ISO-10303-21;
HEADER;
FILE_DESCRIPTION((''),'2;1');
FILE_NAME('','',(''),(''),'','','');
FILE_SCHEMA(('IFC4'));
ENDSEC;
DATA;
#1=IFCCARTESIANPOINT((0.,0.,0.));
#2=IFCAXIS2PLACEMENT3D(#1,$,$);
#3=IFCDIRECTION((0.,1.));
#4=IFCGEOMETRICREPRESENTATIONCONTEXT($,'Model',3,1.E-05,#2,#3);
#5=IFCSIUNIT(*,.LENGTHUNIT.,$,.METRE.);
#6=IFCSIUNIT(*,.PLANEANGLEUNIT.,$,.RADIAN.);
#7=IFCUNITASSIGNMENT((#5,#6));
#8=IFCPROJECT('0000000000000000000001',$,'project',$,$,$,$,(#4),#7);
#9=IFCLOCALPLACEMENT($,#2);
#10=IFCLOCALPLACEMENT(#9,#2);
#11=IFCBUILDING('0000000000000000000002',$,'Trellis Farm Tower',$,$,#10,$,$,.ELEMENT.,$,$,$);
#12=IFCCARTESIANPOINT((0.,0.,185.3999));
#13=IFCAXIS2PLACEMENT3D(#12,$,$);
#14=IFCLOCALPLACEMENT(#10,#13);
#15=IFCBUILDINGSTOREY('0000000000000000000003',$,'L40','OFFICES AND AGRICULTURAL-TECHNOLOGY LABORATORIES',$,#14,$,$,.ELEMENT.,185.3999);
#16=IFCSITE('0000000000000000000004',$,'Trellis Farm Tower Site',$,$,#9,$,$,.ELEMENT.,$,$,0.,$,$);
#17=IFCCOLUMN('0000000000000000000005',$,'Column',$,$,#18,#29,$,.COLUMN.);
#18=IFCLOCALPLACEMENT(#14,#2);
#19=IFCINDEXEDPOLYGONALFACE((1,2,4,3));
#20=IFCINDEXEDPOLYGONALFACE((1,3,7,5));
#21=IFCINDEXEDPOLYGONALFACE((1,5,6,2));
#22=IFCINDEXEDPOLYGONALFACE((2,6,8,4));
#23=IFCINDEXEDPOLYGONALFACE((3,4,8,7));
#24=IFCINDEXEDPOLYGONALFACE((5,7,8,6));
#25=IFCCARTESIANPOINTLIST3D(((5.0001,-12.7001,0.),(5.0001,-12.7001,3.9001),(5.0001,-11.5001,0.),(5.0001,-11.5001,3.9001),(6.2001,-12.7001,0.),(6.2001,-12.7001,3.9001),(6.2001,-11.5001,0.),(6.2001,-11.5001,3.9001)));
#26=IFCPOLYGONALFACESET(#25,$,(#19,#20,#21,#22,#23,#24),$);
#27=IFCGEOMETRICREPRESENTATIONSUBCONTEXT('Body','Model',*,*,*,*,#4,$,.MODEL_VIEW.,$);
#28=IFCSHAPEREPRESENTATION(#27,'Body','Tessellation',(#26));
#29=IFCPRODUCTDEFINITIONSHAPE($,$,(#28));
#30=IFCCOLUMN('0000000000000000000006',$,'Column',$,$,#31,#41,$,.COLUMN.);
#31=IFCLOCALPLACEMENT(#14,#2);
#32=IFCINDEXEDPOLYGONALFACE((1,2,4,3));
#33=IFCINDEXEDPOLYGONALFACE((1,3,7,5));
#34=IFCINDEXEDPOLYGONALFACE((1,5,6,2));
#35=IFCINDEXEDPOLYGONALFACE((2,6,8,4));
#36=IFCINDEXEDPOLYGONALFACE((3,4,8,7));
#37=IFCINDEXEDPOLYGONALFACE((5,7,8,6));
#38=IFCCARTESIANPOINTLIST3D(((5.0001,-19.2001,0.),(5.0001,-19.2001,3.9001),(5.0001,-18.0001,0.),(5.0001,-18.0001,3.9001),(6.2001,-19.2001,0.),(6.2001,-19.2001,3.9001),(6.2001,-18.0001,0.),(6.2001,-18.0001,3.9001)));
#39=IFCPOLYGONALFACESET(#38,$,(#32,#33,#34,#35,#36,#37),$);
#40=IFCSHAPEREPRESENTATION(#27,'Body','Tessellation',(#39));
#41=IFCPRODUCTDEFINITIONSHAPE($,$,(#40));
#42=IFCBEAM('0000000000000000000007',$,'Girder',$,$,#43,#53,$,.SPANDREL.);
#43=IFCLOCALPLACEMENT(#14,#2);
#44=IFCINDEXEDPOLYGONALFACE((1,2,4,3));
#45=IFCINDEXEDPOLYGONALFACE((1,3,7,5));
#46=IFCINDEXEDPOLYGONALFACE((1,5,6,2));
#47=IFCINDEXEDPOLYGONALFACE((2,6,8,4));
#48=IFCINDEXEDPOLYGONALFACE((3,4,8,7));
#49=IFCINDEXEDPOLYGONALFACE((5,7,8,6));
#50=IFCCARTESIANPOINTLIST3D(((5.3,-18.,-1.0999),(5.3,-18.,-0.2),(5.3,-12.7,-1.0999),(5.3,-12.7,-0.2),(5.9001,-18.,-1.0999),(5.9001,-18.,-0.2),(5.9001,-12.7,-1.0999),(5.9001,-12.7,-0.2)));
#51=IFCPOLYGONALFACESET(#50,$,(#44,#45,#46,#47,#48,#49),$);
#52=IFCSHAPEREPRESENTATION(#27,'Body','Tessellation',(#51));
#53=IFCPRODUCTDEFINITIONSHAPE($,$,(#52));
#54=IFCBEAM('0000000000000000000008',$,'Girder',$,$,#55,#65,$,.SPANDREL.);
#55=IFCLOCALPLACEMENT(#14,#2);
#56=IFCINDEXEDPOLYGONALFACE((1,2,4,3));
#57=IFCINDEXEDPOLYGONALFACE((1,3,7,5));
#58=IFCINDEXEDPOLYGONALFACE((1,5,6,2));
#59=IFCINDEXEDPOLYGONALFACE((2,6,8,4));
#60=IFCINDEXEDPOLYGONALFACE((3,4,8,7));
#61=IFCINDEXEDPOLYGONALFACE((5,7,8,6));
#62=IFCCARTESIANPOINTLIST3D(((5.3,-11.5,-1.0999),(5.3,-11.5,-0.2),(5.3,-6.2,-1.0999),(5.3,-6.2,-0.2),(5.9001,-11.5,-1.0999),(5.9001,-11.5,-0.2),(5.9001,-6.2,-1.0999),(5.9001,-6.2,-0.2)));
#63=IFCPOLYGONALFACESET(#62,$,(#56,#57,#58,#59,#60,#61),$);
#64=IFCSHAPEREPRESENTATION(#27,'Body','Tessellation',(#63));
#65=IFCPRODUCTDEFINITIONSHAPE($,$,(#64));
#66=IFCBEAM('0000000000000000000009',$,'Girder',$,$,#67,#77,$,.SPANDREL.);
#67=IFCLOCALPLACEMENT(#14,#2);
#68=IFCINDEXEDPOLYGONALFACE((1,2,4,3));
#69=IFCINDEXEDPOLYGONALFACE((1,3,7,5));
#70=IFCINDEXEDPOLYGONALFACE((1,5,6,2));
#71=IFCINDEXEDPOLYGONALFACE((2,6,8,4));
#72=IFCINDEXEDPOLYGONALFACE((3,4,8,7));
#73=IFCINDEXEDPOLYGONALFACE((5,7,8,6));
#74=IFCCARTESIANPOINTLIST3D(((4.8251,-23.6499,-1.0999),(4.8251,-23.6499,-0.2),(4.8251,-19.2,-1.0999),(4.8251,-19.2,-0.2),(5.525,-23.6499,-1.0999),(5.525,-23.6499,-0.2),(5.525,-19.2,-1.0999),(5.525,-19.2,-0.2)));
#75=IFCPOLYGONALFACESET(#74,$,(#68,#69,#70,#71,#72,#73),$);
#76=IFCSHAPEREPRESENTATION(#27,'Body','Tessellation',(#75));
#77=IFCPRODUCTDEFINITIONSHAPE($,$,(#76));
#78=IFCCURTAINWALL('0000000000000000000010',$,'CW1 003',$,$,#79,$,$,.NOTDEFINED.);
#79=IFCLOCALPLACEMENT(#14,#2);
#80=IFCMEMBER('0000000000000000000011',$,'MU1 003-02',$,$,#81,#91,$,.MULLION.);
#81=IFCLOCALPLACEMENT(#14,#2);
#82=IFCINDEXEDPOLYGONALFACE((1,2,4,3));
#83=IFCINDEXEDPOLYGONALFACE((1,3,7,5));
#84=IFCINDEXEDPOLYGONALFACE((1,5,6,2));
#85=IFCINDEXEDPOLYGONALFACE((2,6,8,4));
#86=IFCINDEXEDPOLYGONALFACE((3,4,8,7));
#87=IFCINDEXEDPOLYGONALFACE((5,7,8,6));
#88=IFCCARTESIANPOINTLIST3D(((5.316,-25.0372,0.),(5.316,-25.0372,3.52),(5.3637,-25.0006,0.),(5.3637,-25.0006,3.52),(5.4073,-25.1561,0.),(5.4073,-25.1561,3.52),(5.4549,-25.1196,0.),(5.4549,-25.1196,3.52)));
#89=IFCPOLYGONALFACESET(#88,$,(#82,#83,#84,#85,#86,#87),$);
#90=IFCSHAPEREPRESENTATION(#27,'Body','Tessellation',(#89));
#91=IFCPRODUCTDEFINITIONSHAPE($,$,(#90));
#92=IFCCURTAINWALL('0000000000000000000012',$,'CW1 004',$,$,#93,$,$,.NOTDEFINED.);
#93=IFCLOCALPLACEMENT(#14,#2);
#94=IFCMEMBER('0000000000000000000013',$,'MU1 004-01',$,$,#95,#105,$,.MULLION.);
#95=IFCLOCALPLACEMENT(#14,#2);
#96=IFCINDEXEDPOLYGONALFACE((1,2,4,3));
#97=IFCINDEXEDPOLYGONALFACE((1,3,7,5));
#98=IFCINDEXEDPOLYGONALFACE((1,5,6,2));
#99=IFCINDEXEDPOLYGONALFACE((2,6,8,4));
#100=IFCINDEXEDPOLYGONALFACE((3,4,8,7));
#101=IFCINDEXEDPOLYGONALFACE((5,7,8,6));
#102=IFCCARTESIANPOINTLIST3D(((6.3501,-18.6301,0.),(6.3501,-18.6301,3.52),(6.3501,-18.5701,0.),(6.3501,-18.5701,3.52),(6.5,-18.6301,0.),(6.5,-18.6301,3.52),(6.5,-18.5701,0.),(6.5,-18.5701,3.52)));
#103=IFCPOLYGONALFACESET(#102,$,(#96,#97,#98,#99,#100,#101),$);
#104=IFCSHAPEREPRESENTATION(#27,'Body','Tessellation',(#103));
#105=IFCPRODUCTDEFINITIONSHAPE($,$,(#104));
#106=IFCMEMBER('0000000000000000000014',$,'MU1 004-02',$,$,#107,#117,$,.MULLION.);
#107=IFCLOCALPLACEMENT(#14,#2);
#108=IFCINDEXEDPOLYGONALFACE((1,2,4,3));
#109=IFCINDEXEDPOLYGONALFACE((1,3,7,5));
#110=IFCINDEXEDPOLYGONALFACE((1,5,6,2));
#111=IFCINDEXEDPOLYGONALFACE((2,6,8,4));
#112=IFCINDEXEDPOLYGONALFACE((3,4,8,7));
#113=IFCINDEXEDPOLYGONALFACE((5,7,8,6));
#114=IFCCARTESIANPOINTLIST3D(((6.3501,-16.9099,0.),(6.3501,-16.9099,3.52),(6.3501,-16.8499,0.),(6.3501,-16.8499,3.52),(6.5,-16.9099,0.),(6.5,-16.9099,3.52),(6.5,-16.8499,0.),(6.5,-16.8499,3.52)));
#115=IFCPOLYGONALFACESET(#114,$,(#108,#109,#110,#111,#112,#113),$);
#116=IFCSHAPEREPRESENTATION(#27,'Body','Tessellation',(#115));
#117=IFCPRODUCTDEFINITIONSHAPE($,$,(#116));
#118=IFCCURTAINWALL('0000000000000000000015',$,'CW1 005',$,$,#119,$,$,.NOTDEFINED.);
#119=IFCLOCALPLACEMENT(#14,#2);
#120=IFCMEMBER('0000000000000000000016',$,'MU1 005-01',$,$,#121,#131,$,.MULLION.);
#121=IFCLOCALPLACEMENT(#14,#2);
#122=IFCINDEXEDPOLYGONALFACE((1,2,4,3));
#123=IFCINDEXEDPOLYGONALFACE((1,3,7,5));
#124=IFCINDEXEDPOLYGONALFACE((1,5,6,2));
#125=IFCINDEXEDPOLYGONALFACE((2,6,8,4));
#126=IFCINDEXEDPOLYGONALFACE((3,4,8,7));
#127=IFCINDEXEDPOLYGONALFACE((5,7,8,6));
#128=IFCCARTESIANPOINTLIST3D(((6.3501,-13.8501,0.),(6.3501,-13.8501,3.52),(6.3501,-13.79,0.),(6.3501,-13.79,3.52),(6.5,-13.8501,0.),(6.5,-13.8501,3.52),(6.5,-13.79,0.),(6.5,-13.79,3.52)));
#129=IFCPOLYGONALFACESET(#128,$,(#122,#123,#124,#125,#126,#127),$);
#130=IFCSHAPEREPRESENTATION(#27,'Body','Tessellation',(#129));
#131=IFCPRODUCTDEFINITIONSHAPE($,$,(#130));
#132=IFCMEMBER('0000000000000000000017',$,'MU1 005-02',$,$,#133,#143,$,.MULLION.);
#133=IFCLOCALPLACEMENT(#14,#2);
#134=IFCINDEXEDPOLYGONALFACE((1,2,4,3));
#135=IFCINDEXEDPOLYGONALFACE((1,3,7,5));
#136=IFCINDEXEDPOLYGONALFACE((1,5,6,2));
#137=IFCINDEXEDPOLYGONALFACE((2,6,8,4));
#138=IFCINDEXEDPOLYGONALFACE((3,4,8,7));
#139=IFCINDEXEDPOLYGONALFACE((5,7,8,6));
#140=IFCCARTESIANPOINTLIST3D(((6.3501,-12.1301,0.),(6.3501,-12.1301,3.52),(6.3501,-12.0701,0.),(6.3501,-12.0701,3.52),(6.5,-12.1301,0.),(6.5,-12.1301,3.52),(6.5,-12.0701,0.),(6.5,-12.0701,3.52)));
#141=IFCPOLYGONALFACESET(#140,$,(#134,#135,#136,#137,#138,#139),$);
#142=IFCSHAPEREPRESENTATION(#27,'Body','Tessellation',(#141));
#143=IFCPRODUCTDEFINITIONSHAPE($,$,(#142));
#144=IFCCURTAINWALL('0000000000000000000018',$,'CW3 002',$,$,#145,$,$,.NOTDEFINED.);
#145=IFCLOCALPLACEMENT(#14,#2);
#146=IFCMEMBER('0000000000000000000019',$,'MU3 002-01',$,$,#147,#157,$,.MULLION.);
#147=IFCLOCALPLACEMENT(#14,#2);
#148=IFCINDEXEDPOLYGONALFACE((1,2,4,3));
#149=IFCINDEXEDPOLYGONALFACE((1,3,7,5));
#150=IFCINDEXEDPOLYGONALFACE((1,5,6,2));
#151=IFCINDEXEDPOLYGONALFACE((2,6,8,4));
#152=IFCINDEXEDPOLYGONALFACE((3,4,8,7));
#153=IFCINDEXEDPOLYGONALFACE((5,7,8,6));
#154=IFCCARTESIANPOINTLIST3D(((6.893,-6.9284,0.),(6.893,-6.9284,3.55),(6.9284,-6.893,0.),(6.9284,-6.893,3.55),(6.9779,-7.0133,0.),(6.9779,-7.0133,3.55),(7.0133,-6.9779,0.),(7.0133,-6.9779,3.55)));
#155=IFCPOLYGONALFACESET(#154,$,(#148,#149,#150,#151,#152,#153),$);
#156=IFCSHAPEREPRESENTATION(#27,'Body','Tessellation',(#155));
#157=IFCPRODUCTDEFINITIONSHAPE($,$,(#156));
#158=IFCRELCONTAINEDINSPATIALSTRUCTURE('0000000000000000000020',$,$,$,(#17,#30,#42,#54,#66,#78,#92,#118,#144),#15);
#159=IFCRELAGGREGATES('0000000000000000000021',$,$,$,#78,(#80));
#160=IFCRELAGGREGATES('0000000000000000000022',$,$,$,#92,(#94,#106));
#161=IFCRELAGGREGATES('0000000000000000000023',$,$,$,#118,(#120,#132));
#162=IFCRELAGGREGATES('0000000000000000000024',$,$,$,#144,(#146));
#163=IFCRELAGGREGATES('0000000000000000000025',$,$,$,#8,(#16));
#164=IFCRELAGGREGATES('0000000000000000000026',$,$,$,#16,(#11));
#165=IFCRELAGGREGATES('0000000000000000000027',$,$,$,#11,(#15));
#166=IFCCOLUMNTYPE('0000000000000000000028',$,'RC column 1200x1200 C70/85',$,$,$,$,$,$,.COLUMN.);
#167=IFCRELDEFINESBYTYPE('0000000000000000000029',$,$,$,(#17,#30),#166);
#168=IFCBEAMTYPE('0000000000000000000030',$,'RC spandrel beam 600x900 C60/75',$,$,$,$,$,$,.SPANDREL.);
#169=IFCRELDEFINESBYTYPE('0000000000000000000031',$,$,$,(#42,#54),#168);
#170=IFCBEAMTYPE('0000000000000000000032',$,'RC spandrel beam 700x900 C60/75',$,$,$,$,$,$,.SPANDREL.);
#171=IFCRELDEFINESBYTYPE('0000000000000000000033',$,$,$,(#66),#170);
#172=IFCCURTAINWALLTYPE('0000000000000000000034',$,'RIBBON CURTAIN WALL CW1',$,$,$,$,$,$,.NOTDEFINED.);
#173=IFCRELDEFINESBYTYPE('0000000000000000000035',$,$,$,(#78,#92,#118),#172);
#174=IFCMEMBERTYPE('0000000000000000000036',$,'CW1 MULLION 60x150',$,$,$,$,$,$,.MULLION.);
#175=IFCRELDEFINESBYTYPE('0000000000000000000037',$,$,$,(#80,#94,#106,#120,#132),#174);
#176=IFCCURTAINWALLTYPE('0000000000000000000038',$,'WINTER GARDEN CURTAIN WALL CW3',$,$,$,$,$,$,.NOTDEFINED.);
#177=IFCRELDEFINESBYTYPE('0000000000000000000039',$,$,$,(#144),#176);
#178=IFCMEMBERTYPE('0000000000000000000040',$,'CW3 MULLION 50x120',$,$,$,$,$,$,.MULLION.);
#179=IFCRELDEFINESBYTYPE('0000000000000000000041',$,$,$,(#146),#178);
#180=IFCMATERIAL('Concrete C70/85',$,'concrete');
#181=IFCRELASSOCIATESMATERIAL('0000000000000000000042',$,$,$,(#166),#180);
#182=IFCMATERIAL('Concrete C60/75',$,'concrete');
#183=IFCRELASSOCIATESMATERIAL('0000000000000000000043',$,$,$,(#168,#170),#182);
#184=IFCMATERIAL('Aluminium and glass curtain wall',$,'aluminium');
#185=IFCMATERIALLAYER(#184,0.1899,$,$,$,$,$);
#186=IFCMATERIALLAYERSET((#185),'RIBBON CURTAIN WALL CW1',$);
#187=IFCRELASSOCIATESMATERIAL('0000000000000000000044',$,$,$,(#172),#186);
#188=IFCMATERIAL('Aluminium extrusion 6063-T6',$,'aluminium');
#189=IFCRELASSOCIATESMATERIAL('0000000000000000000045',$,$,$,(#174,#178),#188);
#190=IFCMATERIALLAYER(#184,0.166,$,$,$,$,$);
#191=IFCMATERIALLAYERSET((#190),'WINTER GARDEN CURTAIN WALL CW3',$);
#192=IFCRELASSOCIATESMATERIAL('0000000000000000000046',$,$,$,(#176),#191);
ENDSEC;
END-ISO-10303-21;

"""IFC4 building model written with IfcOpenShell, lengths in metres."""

from ifc_helpers import new_model, si_unit, direction, frame, origin, origin_2d, place, context, subcontext, project, spatial, rectangle, extrude, source, transform, mapped, material, layer, layer_set, material_profile, profile_set, type_object, element, aggregate, save


model = new_model("IFC4")

# Units and contexts
model_context = context("Model", 3, precision=1e-05, world=origin(), true_north=direction((0.0, 1.0)))
body_context = subcontext(model_context, "Body", "Model", "MODEL_VIEW")
ifc_project = project(units=[si_unit("LENGTHUNIT", "METRE"), si_unit("PLANEANGLEUNIT", "RADIAN")], contexts=[model_context])

# Site, building, storey
site_placement = place(None, origin())
site = spatial("IfcSite", under=ifc_project, at=site_placement, Name="Trellis Farm Tower Site", CompositionType="ELEMENT", RefElevation=0.0)
building_placement = place(site_placement, origin())
building = spatial("IfcBuilding", under=site, at=building_placement, Name="Trellis Farm Tower", CompositionType="ELEMENT")
storey_placement = place(building_placement, frame((0.0, 0.0, 185.3999)))
storey = spatial("IfcBuildingStorey", under=building, at=storey_placement, Name="L40", Description="OFFICES AND AGRICULTURAL-TECHNOLOGY LABORATORIES", CompositionType="ELEMENT", Elevation=185.3999)

# Columns
ifc_material_1 = material(Name="Concrete C70/85", Category="concrete")
ifc_material_profile_1 = material_profile(ifc_material_1, rectangle(XDim=1.2, YDim=1.2, at=origin_2d()), Name="RC column 1200x1200 C70/85")
ifc_profile_set_1 = profile_set([ifc_material_profile_1], Name="Concrete C70/85")
column_type = type_object("IfcColumnType", Name="RC column 1200x1200 C70/85", PredefinedType="COLUMN", material=ifc_profile_set_1)
shared_shape_1 = source(origin(), body_context, "Body", "SweptSolid", [
    extrude(rectangle(XDim=1.2, YDim=1.2, at=origin_2d()), origin(), (0.0, 0.0, 1.0), 3.9001),
])
for number, where, z_axis, x_axis, name in (
    (1, (5.6001, -12.1001, 0.0), (0.0, 0.0, 1.0), (1.0, 0.0, 0.0), "Column"),
    (2, (5.6001, -18.6001, 0.0), (0.0, 0.0, 1.0), (1.0, 0.0, 0.0), "Column"),
):
    element("IfcColumn", number, at=place(storey_placement, frame(where, z_axis=z_axis, x_axis=x_axis)), inside=storey, type_object=column_type, Name=name, PredefinedType="COLUMN", context=body_context, shape_type="MappedRepresentation", body=[
        mapped(shared_shape_1, transform((0.0, 0.0, 0.0))),
    ])

# Beams
ifc_material_2 = material(Name="Concrete C60/75", Category="concrete")
ifc_material_profile_2 = material_profile(ifc_material_2, rectangle(XDim=0.6001, YDim=0.8999, at=origin_2d()), Name="RC spandrel beam 600x900 C60/75")
ifc_profile_set_2 = profile_set([ifc_material_profile_2], Name="Concrete C60/75")
beam_type_1 = type_object("IfcBeamType", Name="RC spandrel beam 600x900 C60/75", PredefinedType="SPANDREL", material=ifc_profile_set_2)
shared_shape_2 = source(origin(), body_context, "Body", "SweptSolid", [
    extrude(rectangle(XDim=0.6001, YDim=0.8999, at=origin_2d()), origin(), (0.0, 0.0, 1.0), 5.3),
])
for number, where, z_axis, x_axis, name in (
    (3, (5.6001, -18.0, -0.6499), (0.0, 1.0, 0.0), (-1.0, 0.0, 0.0), "Girder"),
    (4, (5.6001, -11.5, -0.6499), (0.0, 1.0, 0.0), (-1.0, 0.0, 0.0), "Girder"),
):
    element("IfcBeam", number, at=place(storey_placement, frame(where, z_axis=z_axis, x_axis=x_axis)), inside=storey, type_object=beam_type_1, Name=name, PredefinedType="SPANDREL", context=body_context, shape_type="MappedRepresentation", body=[
        mapped(shared_shape_2, transform((0.0, 0.0, 0.0))),
    ])
ifc_material_profile_3 = material_profile(ifc_material_2, rectangle(XDim=0.7, YDim=0.8999, at=origin_2d()), Name="RC spandrel beam 700x900 C60/75")
ifc_profile_set_3 = profile_set([ifc_material_profile_3], Name="Concrete C60/75")
beam_type_2 = type_object("IfcBeamType", Name="RC spandrel beam 700x900 C60/75", PredefinedType="SPANDREL", material=ifc_profile_set_3)
shared_shape_3 = source(origin(), body_context, "Body", "SweptSolid", [
    extrude(rectangle(XDim=0.7, YDim=0.8999, at=origin_2d()), origin(), (0.0, 0.0, 1.0), 4.45),
])
beam_placement = place(storey_placement, frame((5.175, -23.6499, -0.6499), z_axis=(0.0, 1.0, 0.0), x_axis=(-1.0, 0.0, 0.0)))
element("IfcBeam", 5, at=beam_placement, inside=storey, type_object=beam_type_2, Name="Girder", PredefinedType="SPANDREL", context=body_context, shape_type="MappedRepresentation", body=[
    mapped(shared_shape_3, transform((0.0, 0.0, 0.0))),
])

# Curtain wall, member
ifc_material_3 = material(Name="Aluminium and glass curtain wall", Category="aluminium")
ifc_layer_1 = layer(ifc_material_3, 0.1899)
ifc_layer_set_1 = layer_set([ifc_layer_1], Name="RIBBON CURTAIN WALL CW1")
curtain_wall_type_1 = type_object("IfcCurtainWallType", Name="RIBBON CURTAIN WALL CW1", PredefinedType="NOTDEFINED", material=ifc_layer_set_1)
placement = place(storey_placement, origin())
curtain_wall_1 = element("IfcCurtainWall", 6, at=placement, inside=storey, type_object=curtain_wall_type_1, Name="CW1 003", PredefinedType="NOTDEFINED")
ifc_material_4 = material(Name="Aluminium extrusion 6063-T6", Category="aluminium")
ifc_material_profile_4 = material_profile(ifc_material_4, rectangle(XDim=0.0601, YDim=0.1499, at=origin_2d()), Name="MULLION 60x150")
ifc_profile_set_4 = profile_set([ifc_material_profile_4], Name="Aluminium extrusion 6063-T6")
member_type_1 = type_object("IfcMemberType", Name="CW1 MULLION 60x150", PredefinedType="MULLION", material=ifc_profile_set_4)
shared_shape_4 = source(origin(), body_context, "Body", "SweptSolid", [
    extrude(rectangle(XDim=0.0601, YDim=0.1499, at=origin_2d()), origin(), (0.0, 0.0, 1.0), 3.52),
])
member_1_placement = place(storey_placement, frame((5.3855, -25.0784, 0.0), z_axis=(0.0, 0.0, 1.0), x_axis=(0.793353, 0.608761, 0.0)))
member_1 = element("IfcMember", 7, at=member_1_placement, type_object=member_type_1, Name="MU1 003-02", PredefinedType="MULLION", context=body_context, shape_type="MappedRepresentation", body=[
    mapped(shared_shape_4, transform((0.0, 0.0, 0.0))),
])
aggregate(curtain_wall_1, [member_1])

# Curtain walls, members
curtain_wall_2 = element("IfcCurtainWall", 8, at=placement, inside=storey, type_object=curtain_wall_type_1, Name="CW1 004", PredefinedType="NOTDEFINED")
member_2_placement = place(storey_placement, frame((6.425, -18.6001, 0.0), z_axis=(0.0, 0.0, 1.0), x_axis=(0.0, 1.0, 0.0)))
member_2 = element("IfcMember", 9, at=member_2_placement, type_object=member_type_1, Name="MU1 004-01", PredefinedType="MULLION", context=body_context, shape_type="MappedRepresentation", body=[
    mapped(shared_shape_4, transform((0.0, 0.0, 0.0))),
])
member_3_placement = place(storey_placement, frame((6.425, -16.8799, 0.0), z_axis=(0.0, 0.0, 1.0), x_axis=(0.0, 1.0, 0.0)))
member_3 = element("IfcMember", 10, at=member_3_placement, type_object=member_type_1, Name="MU1 004-02", PredefinedType="MULLION", context=body_context, shape_type="MappedRepresentation", body=[
    mapped(shared_shape_4, transform((0.0, 0.0, 0.0))),
])
aggregate(curtain_wall_2, [member_2, member_3])
curtain_wall_3 = element("IfcCurtainWall", 11, at=placement, inside=storey, type_object=curtain_wall_type_1, Name="CW1 005", PredefinedType="NOTDEFINED")
member_4_placement = place(storey_placement, frame((6.425, -13.8201, 0.0), z_axis=(0.0, 0.0, 1.0), x_axis=(0.0, 1.0, 0.0)))
member_4 = element("IfcMember", 12, at=member_4_placement, type_object=member_type_1, Name="MU1 005-01", PredefinedType="MULLION", context=body_context, shape_type="MappedRepresentation", body=[
    mapped(shared_shape_4, transform((0.0, 0.0, 0.0))),
])
member_5_placement = place(storey_placement, frame((6.425, -12.1001, 0.0), z_axis=(0.0, 0.0, 1.0), x_axis=(0.0, 1.0, 0.0)))
member_5 = element("IfcMember", 13, at=member_5_placement, type_object=member_type_1, Name="MU1 005-02", PredefinedType="MULLION", context=body_context, shape_type="MappedRepresentation", body=[
    mapped(shared_shape_4, transform((0.0, 0.0, 0.0))),
])
aggregate(curtain_wall_3, [member_4, member_5])

# Curtain wall, member
ifc_layer_2 = layer(ifc_material_3, 0.166)
ifc_layer_set_2 = layer_set([ifc_layer_2], Name="WINTER GARDEN CURTAIN WALL CW3")
curtain_wall_type_2 = type_object("IfcCurtainWallType", Name="WINTER GARDEN CURTAIN WALL CW3", PredefinedType="NOTDEFINED", material=ifc_layer_set_2)
curtain_wall_4 = element("IfcCurtainWall", 14, at=placement, inside=storey, type_object=curtain_wall_type_2, Name="CW3 002", PredefinedType="NOTDEFINED")
ifc_material_profile_5 = material_profile(ifc_material_4, rectangle(XDim=0.05, YDim=0.1201, at=origin_2d()), Name="MULLION 50x120")
ifc_profile_set_5 = profile_set([ifc_material_profile_5], Name="Aluminium extrusion 6063-T6")
member_type_2 = type_object("IfcMemberType", Name="CW3 MULLION 50x120", PredefinedType="MULLION", material=ifc_profile_set_5)
shared_shape_5 = source(origin(), body_context, "Body", "SweptSolid", [
    extrude(rectangle(XDim=0.05, YDim=0.1201, at=origin_2d()), origin(), (0.0, 0.0, 1.0), 3.55),
])
member_6_placement = place(storey_placement, frame((6.9531, -6.9531, 0.0), z_axis=(0.0, 0.0, 1.0), x_axis=(0.707107, 0.707107, 0.0)))
member_6 = element("IfcMember", 15, at=member_6_placement, type_object=member_type_2, Name="MU3 002-01", PredefinedType="MULLION", context=body_context, shape_type="MappedRepresentation", body=[
    mapped(shared_shape_5, transform((0.0, 0.0, 0.0))),
])
aggregate(curtain_wall_4, [member_6])

save(model, "model.ifc")
